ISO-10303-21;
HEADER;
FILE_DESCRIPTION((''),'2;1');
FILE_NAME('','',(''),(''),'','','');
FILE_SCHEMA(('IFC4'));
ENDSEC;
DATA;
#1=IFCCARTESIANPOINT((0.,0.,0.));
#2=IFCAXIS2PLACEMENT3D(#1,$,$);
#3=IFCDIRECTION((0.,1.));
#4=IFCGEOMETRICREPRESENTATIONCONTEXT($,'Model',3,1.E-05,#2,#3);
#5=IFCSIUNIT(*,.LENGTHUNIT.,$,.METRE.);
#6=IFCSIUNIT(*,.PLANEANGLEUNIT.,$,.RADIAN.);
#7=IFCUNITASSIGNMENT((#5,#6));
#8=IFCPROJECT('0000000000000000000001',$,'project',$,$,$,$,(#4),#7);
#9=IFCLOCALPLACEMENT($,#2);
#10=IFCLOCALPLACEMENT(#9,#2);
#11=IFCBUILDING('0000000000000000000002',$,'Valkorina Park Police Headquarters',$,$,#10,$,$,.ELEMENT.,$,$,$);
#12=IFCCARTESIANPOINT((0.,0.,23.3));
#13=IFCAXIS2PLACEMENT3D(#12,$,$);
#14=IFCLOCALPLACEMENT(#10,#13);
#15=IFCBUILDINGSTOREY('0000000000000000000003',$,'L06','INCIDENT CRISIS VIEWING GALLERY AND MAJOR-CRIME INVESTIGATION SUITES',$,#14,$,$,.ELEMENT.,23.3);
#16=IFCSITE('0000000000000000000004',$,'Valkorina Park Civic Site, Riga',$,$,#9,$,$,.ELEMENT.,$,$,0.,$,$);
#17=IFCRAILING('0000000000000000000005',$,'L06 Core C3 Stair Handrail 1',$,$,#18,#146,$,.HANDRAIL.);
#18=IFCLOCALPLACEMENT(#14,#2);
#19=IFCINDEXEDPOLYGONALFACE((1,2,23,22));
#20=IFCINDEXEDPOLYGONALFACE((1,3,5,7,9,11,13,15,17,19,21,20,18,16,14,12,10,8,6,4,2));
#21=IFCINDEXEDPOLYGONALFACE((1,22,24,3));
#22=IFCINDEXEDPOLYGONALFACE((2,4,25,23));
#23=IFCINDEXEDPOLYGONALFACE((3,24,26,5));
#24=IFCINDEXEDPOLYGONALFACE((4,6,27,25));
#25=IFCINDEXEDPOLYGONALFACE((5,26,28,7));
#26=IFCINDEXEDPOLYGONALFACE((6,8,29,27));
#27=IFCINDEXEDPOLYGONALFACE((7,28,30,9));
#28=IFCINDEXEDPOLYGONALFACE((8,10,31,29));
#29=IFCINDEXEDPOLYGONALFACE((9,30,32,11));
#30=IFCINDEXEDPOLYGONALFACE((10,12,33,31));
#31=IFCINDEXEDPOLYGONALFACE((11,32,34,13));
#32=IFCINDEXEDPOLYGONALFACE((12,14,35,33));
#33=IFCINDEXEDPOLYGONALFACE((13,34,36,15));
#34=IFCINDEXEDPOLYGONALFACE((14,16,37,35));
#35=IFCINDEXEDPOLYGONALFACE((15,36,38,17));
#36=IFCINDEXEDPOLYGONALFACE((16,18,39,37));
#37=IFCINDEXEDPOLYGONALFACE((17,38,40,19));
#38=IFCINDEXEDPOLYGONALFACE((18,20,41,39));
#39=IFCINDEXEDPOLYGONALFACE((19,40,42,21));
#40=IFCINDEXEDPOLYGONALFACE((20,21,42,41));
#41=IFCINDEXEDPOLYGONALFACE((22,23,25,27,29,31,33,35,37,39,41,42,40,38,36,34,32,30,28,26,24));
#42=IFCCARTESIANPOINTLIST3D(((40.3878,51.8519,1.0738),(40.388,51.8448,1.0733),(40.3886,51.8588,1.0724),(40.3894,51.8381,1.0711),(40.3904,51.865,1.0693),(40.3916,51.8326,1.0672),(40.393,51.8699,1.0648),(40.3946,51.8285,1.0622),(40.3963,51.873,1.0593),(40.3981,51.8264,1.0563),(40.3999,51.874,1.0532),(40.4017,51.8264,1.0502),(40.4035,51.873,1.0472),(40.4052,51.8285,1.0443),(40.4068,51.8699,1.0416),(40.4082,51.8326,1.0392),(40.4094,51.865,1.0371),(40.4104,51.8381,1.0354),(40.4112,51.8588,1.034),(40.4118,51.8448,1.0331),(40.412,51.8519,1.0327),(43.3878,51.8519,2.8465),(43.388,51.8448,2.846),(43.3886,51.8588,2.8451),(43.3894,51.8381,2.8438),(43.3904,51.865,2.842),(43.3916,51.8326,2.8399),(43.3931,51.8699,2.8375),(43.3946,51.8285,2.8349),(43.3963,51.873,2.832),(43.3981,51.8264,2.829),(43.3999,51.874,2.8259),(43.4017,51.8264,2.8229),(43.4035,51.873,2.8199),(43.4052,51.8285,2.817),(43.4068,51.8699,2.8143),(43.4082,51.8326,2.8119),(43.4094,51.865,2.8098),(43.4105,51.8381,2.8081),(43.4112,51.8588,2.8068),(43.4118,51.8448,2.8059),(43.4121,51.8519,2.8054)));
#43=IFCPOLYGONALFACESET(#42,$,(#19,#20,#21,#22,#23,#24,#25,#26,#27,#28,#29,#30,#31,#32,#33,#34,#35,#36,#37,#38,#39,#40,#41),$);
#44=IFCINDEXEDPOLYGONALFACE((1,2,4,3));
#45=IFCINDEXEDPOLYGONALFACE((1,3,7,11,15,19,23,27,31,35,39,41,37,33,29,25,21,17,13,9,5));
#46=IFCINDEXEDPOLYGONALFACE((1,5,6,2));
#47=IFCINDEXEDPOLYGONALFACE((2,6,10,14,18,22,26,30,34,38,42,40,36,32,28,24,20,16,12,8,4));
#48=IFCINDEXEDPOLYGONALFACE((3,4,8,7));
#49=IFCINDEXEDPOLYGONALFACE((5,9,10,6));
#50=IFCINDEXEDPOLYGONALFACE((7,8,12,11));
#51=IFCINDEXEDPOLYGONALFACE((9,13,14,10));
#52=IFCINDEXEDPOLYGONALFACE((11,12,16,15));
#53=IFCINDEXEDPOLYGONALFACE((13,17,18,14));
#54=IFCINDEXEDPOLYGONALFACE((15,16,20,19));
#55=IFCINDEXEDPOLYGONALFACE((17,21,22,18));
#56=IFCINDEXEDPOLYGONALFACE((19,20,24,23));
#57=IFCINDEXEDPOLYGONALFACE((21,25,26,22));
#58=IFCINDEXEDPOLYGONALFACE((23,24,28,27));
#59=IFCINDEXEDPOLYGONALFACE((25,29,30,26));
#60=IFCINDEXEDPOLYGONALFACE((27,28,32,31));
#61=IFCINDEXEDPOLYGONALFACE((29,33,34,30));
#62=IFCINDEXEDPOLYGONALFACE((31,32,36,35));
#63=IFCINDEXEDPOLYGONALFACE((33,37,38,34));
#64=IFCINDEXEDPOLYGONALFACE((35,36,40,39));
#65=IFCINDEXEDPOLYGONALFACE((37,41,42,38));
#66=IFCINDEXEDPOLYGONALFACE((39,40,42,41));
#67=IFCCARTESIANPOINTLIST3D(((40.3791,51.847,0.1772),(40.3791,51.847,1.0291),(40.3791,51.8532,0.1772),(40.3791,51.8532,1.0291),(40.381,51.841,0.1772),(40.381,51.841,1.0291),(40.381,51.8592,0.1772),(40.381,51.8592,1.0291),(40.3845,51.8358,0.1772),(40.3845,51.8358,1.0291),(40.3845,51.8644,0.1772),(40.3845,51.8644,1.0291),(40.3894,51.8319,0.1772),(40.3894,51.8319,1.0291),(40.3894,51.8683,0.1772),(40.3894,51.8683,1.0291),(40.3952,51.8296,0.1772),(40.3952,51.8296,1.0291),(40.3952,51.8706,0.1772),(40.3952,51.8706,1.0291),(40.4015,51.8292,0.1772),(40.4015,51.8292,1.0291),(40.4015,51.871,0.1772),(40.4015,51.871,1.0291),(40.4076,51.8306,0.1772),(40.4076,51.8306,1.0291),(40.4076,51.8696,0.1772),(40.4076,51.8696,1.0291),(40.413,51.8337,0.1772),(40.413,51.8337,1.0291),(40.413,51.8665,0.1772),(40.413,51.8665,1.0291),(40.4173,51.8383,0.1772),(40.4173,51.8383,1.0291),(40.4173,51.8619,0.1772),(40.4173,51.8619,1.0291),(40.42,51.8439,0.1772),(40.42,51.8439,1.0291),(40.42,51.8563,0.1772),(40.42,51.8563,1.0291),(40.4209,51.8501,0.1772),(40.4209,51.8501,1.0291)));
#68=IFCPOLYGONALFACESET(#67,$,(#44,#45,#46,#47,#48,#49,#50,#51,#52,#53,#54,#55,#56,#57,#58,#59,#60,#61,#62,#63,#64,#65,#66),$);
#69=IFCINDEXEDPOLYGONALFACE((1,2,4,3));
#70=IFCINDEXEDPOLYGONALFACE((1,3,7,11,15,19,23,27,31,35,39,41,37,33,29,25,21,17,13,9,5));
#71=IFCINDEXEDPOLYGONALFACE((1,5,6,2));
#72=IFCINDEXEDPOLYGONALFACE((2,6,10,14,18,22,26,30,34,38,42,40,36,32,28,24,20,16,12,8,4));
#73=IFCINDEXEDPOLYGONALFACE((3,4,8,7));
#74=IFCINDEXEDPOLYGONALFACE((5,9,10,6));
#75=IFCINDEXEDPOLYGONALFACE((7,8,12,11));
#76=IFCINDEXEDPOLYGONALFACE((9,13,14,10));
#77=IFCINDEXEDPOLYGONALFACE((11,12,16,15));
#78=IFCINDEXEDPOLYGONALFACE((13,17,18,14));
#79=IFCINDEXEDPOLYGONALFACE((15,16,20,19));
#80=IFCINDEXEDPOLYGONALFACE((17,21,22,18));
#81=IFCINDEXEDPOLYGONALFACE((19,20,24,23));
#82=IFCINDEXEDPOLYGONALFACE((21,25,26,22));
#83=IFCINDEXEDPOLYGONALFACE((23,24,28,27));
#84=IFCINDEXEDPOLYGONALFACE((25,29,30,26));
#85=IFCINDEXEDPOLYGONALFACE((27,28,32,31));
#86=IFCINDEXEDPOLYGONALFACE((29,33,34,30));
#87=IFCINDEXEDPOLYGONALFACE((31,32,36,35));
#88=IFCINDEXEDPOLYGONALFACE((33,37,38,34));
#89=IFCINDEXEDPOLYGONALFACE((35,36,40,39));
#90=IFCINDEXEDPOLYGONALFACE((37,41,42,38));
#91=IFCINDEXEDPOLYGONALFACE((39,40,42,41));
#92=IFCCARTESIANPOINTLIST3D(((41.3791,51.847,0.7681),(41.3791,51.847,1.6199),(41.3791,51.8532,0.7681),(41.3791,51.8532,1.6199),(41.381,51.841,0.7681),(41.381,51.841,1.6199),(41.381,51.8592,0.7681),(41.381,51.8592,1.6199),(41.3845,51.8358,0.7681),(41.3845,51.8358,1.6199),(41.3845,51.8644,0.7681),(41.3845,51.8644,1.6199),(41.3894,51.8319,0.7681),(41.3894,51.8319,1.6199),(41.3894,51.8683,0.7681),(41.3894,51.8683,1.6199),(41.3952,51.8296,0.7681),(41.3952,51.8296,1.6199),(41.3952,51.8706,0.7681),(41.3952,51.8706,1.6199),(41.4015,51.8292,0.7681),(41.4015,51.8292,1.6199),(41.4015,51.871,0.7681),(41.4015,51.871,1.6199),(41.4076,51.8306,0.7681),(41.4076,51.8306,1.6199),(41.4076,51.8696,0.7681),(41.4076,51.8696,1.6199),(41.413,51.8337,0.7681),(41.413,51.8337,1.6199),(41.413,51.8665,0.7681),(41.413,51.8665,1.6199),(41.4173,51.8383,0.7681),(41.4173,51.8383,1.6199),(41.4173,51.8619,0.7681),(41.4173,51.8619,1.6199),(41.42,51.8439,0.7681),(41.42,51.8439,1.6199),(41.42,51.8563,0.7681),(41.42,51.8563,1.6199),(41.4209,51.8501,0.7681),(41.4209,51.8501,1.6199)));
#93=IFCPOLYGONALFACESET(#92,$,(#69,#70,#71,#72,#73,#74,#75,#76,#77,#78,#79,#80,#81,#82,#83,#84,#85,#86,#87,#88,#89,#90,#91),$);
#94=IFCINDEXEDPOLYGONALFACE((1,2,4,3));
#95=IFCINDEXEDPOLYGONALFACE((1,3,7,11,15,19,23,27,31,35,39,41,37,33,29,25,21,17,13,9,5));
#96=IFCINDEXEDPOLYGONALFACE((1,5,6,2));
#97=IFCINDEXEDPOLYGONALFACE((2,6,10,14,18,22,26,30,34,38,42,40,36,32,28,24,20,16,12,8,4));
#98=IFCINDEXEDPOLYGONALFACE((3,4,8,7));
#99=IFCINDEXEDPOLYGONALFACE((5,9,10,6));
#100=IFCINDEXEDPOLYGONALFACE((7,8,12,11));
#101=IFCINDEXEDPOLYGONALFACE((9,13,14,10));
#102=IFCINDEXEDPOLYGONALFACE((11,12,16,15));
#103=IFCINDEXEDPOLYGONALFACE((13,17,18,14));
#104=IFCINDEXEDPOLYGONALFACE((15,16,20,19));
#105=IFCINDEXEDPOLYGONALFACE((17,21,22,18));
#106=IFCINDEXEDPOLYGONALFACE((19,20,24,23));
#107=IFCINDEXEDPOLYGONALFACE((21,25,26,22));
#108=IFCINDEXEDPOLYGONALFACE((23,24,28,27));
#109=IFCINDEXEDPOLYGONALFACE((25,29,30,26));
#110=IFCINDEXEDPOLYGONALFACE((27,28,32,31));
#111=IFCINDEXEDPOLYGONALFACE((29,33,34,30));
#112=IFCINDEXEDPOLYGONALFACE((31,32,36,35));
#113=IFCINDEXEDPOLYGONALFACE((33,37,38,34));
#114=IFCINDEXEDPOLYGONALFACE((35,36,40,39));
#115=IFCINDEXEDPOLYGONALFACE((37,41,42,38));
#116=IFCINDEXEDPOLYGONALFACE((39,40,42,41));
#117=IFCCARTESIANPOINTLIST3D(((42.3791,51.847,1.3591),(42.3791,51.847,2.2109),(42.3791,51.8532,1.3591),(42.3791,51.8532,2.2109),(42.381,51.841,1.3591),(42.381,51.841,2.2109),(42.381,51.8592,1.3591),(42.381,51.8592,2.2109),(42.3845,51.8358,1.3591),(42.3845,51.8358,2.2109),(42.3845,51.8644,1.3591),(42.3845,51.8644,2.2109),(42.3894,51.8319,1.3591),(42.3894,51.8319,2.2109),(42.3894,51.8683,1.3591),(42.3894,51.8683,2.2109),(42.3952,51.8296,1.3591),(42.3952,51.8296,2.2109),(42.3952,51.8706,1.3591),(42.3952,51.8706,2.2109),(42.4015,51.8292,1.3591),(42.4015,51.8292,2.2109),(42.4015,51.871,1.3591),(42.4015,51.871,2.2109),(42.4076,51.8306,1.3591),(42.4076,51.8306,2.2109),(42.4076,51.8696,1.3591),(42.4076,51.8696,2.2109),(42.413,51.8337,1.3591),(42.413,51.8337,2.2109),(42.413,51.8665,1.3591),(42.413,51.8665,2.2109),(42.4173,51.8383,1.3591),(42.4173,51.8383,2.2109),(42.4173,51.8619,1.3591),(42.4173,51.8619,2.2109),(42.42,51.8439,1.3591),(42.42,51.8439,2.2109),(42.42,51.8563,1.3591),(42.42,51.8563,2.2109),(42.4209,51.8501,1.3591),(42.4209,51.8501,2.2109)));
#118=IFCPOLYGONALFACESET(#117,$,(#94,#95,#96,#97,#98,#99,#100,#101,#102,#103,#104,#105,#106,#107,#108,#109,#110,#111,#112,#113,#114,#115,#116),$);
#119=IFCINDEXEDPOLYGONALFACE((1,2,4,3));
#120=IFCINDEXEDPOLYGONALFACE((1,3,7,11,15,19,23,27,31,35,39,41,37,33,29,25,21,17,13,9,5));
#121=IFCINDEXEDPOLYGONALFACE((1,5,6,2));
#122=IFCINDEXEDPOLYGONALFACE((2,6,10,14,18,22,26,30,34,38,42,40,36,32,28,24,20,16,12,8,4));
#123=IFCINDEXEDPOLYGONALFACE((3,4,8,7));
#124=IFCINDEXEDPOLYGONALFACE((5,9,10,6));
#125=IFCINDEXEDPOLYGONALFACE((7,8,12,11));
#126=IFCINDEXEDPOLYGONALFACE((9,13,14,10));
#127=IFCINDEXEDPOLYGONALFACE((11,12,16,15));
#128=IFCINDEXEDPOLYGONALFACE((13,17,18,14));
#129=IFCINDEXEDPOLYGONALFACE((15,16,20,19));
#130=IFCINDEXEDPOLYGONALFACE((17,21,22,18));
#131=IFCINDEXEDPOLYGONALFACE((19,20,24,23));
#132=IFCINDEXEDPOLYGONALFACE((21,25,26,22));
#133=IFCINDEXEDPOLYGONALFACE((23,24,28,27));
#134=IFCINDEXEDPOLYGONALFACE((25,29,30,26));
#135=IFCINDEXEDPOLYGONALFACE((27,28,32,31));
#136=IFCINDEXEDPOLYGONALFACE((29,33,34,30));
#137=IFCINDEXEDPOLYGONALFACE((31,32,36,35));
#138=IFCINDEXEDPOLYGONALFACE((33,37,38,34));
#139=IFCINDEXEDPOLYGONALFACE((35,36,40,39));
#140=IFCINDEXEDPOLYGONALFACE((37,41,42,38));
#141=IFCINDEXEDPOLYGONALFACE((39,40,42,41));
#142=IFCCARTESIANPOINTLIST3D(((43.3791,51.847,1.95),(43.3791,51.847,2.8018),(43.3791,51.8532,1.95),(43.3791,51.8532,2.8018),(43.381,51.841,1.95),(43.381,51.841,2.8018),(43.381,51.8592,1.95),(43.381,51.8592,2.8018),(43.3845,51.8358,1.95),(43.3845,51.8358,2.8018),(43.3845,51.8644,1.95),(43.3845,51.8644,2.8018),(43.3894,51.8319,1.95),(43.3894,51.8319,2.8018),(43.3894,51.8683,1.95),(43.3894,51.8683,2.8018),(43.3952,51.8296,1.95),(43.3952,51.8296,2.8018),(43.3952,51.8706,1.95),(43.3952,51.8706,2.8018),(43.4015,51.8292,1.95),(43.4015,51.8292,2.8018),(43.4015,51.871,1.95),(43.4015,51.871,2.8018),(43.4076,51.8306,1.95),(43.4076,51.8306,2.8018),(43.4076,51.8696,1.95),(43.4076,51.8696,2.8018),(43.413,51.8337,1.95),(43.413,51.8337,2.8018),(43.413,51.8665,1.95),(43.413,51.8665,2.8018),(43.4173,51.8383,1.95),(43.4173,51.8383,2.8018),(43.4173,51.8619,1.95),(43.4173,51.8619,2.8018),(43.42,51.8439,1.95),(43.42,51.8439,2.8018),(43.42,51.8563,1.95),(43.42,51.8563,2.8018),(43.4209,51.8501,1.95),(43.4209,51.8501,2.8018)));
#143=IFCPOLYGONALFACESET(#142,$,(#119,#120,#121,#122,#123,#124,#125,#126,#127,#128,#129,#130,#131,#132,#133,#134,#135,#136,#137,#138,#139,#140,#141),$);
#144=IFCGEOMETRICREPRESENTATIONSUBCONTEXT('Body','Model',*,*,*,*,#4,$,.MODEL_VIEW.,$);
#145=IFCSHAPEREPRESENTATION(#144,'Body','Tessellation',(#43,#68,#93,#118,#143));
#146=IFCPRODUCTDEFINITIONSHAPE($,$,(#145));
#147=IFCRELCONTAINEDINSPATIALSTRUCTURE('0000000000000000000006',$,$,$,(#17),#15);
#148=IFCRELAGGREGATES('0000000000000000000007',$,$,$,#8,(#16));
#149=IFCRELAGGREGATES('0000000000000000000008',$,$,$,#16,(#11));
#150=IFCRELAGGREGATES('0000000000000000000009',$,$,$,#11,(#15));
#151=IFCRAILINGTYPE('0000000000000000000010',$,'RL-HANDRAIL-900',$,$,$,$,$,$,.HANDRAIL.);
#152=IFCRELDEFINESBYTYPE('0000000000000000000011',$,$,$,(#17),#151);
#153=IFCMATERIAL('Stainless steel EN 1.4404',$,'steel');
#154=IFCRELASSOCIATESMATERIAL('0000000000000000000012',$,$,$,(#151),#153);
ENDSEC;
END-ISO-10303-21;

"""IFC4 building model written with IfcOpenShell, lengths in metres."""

from ifc_helpers import new_model, si_unit, direction, frame, origin, origin_2d, place, context, subcontext, project, spatial, circle, extrude, material, type_object, element, save


model = new_model("IFC4")

# Units and contexts
model_context = context("Model", 3, precision=1e-05, world=origin(), true_north=direction((0.0, 1.0)))
body_context = subcontext(model_context, "Body", "Model", "MODEL_VIEW")
ifc_project = project(units=[si_unit("LENGTHUNIT", "METRE"), si_unit("PLANEANGLEUNIT", "RADIAN")], contexts=[model_context])

# Site, building, storey
site_placement = place(None, origin())
site = spatial("IfcSite", under=ifc_project, at=site_placement, Name="Valkorina Park Civic Site, Riga", CompositionType="ELEMENT", RefElevation=0.0)
building_placement = place(site_placement, origin())
building = spatial("IfcBuilding", under=site, at=building_placement, Name="Valkorina Park Police Headquarters", CompositionType="ELEMENT")
storey_placement = place(building_placement, frame((0.0, 0.0, 23.3)))
storey = spatial("IfcBuildingStorey", under=building, at=storey_placement, Name="L06", Description="INCIDENT CRISIS VIEWING GALLERY AND MAJOR-CRIME INVESTIGATION SUITES", CompositionType="ELEMENT", Elevation=23.3)

# Railing
ifc_material_1 = material(Name="Stainless steel EN 1.4404", Category="steel")
railing_type_1 = type_object("IfcRailingType", Name="RL-HANDRAIL-900", PredefinedType="HANDRAIL", material=ifc_material_1)
railing_1_placement = place(storey_placement, frame((40.3999, 51.8501, 0.1772)))
element("IfcRailing", 1, at=railing_1_placement, inside=storey, type_object=railing_type_1, Name="L06 Core C3 Stair Handrail 1", PredefinedType="HANDRAIL", context=body_context, shape_type="SweptSolid", body=[
    extrude(circle(Radius=0.0239, at=origin_2d()), frame((0.0, 0.0, 0.876), z_axis=(0.860929, 0.0, 0.508725), x_axis=(0.0, 1.0, 0.0)), (0.0, 0.0, 1.0), 3.4846),
    extrude(circle(Radius=0.021, at=origin_2d()), origin(), (0.0, 0.0, 1.0), 0.8518),
    extrude(circle(Radius=0.021, at=origin_2d()), frame((1.0, 0.0, 0.5908)), (0.0, 0.0, 1.0), 0.8518),
    extrude(circle(Radius=0.021, at=origin_2d()), frame((2.0, 0.0, 1.1819)), (0.0, 0.0, 1.0), 0.8518),
    extrude(circle(Radius=0.021, at=origin_2d()), frame((3.0, 0.0, 1.7727)), (0.0, 0.0, 1.0), 0.8518),
])

save(model, "model.ifc")
